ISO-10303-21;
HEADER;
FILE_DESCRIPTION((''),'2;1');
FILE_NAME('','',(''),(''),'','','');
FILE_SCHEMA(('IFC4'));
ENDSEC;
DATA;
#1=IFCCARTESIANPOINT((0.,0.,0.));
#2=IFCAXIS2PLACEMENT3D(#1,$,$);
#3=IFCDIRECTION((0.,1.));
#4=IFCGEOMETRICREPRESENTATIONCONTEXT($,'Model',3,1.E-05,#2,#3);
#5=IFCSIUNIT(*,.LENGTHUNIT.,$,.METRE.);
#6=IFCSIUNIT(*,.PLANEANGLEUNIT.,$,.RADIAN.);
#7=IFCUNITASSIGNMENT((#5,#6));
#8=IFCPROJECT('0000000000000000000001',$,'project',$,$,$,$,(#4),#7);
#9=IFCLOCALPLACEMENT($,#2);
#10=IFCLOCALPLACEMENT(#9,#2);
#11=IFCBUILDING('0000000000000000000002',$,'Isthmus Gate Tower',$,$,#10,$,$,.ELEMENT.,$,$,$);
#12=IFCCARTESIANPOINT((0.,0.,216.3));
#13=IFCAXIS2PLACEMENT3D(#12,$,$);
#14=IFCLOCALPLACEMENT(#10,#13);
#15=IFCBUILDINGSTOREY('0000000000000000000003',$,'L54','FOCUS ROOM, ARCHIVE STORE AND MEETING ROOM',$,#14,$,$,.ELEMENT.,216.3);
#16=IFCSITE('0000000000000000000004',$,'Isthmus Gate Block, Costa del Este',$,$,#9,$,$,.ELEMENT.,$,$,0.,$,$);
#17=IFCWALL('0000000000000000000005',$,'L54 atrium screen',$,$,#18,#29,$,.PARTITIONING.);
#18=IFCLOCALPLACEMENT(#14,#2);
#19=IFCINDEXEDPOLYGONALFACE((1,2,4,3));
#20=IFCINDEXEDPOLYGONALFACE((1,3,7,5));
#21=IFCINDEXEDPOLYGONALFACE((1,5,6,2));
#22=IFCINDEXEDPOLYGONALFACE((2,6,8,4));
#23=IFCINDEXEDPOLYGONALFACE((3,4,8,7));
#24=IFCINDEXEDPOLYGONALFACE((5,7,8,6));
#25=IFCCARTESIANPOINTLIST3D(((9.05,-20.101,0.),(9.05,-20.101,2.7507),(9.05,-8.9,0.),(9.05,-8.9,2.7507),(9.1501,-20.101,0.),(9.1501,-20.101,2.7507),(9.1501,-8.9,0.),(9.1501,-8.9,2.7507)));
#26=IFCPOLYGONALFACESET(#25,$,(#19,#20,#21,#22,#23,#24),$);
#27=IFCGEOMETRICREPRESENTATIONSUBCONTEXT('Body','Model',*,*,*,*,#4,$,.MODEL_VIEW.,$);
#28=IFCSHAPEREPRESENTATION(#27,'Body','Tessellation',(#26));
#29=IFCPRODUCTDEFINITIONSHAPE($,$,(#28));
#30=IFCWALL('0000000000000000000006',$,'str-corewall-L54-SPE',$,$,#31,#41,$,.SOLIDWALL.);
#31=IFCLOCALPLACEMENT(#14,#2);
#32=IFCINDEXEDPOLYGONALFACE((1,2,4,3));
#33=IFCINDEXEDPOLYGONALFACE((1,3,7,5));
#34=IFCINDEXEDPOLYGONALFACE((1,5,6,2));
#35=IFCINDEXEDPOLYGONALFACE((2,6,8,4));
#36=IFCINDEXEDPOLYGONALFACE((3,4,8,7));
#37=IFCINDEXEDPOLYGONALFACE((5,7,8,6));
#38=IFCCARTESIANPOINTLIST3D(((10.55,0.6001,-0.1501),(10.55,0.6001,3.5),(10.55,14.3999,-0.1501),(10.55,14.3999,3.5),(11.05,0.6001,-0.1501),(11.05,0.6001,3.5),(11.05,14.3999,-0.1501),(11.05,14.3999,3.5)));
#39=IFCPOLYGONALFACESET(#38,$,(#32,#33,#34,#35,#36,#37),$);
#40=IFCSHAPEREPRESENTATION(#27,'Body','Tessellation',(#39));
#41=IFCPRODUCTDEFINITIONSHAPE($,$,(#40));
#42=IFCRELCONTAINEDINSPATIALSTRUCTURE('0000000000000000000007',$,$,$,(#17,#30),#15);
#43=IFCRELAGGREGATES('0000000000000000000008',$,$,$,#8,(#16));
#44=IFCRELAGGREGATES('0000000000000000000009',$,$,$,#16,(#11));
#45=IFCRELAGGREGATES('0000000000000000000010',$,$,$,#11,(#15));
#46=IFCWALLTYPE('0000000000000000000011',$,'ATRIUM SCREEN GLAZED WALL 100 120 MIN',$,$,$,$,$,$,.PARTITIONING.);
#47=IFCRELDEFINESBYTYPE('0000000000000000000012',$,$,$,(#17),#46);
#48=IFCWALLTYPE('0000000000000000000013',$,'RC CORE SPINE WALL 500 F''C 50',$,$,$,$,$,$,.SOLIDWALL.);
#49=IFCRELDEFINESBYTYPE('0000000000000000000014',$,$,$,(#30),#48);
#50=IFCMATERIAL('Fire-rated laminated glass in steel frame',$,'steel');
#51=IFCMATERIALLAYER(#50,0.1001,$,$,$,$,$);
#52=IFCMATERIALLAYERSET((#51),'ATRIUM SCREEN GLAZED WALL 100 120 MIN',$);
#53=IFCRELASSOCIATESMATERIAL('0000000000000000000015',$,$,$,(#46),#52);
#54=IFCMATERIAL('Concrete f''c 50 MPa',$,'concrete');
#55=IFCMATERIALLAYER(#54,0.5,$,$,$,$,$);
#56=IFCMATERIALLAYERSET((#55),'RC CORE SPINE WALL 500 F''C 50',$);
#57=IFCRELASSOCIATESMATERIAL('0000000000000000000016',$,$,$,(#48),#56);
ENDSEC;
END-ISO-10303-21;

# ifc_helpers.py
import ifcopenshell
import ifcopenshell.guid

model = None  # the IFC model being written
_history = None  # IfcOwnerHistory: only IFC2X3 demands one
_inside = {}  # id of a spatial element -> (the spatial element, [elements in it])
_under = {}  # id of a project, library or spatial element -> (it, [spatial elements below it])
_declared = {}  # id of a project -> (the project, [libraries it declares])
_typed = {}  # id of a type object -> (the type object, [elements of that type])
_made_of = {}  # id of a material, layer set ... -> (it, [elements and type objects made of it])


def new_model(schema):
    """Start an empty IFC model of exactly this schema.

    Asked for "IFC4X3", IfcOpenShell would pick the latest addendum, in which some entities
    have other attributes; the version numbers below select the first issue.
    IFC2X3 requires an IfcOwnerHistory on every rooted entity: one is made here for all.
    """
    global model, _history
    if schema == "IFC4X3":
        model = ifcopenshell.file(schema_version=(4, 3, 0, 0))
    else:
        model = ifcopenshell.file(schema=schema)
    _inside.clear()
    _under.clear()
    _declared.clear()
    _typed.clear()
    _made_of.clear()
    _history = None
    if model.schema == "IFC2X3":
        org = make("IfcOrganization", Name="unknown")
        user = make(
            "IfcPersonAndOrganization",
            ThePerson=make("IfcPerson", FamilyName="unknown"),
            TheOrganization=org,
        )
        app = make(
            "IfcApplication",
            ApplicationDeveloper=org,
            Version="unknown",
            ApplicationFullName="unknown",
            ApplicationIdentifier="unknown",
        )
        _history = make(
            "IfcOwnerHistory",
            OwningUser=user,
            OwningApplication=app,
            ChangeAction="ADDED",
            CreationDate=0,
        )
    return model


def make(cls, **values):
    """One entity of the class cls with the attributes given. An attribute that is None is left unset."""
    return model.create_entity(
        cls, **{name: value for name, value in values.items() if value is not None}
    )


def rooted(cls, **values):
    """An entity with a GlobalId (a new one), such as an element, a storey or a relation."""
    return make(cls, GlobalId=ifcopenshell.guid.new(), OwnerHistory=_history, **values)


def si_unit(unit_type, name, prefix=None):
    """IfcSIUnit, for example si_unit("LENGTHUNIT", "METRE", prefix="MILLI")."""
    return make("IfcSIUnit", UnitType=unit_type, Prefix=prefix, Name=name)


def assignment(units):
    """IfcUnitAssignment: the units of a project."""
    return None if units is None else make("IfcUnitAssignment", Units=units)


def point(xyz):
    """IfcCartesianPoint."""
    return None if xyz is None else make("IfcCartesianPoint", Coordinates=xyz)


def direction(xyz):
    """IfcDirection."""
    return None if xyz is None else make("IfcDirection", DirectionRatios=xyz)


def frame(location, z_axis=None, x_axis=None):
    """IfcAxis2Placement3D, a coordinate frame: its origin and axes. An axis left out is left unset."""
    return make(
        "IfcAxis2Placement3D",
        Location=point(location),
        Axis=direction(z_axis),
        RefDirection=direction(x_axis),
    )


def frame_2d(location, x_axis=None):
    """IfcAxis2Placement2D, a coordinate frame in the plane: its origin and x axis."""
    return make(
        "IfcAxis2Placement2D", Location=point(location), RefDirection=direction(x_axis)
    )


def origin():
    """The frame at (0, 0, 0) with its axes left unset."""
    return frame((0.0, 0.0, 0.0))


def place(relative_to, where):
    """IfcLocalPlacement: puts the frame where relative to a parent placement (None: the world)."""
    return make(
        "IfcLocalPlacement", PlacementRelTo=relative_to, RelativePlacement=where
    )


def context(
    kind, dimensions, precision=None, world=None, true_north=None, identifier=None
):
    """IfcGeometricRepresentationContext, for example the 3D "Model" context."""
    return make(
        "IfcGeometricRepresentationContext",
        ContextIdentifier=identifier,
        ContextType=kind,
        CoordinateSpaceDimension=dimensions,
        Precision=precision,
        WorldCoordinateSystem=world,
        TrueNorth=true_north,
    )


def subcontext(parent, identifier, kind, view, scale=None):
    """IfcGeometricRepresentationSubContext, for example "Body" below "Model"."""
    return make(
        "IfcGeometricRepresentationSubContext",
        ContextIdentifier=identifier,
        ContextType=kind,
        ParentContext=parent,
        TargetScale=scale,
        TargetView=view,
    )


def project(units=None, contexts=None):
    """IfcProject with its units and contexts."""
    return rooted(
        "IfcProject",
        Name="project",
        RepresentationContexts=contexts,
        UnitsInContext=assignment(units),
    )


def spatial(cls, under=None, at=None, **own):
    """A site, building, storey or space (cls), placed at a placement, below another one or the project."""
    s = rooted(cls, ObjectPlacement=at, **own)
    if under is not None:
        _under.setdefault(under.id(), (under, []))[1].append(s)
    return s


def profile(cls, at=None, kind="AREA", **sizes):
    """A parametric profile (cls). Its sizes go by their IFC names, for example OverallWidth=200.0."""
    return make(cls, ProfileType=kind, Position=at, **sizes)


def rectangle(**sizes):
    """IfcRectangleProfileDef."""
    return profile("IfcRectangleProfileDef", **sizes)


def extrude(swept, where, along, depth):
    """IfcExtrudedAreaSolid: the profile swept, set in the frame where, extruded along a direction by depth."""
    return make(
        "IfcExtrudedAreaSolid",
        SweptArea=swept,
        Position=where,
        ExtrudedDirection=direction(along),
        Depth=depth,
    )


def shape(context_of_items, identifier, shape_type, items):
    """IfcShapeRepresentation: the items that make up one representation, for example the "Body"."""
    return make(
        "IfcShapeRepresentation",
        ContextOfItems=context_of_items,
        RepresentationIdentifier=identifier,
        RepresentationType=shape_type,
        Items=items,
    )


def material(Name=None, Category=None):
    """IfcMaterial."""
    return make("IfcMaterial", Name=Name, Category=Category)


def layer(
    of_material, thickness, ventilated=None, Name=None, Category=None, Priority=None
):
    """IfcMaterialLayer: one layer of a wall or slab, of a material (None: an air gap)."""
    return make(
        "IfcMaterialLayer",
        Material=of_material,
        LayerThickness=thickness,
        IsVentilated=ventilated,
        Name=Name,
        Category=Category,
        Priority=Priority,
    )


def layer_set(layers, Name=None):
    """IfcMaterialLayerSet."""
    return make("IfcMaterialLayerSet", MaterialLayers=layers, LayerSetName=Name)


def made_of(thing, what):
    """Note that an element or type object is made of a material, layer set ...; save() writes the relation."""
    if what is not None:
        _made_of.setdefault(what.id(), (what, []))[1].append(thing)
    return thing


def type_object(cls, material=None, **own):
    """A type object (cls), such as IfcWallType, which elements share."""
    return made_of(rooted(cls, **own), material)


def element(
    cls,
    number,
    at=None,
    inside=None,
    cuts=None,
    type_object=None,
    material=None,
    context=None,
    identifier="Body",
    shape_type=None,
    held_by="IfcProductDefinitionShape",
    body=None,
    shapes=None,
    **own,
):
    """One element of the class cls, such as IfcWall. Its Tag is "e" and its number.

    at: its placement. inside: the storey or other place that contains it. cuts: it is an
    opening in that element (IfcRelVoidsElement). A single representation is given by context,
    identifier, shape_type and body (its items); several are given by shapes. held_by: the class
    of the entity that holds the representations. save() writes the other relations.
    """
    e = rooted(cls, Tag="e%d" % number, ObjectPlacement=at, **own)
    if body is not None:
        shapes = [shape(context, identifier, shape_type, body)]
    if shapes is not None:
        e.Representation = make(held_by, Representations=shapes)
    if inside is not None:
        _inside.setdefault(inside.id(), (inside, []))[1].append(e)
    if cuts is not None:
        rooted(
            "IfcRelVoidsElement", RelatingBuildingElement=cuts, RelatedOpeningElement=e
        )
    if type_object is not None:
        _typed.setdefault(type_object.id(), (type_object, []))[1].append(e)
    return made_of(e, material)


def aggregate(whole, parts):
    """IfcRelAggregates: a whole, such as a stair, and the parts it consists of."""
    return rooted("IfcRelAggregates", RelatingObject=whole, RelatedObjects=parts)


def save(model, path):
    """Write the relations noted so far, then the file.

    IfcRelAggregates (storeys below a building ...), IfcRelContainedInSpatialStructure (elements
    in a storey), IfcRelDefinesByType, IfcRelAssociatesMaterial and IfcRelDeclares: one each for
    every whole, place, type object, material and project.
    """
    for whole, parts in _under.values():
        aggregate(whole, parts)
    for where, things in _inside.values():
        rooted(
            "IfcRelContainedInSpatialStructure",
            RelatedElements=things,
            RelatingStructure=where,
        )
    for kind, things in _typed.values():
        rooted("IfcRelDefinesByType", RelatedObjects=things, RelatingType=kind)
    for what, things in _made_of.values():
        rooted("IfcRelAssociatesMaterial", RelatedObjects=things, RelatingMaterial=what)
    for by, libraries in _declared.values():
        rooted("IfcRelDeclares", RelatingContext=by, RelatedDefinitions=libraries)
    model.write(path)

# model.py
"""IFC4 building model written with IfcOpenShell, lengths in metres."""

from ifc_helpers import new_model, si_unit, direction, frame, frame_2d, origin, place, context, subcontext, project, spatial, rectangle, extrude, material, layer, layer_set, type_object, element, save


model = new_model("IFC4")

# Units and contexts
model_context = context("Model", 3, precision=1e-05, world=origin(), true_north=direction((0.0, 1.0)))
body_context = subcontext(model_context, "Body", "Model", "MODEL_VIEW")
ifc_project = project(units=[si_unit("LENGTHUNIT", "METRE"), si_unit("PLANEANGLEUNIT", "RADIAN")], contexts=[model_context])

# Site, building, storey
site_placement = place(None, origin())
site = spatial("IfcSite", under=ifc_project, at=site_placement, Name="Isthmus Gate Block, Costa del Este", CompositionType="ELEMENT", RefElevation=0.0)
building_placement = place(site_placement, origin())
building = spatial("IfcBuilding", under=site, at=building_placement, Name="Isthmus Gate Tower", CompositionType="ELEMENT")
storey_placement = place(building_placement, frame((0.0, 0.0, 216.3)))
storey = spatial("IfcBuildingStorey", under=building, at=storey_placement, Name="L54", Description="FOCUS ROOM, ARCHIVE STORE AND MEETING ROOM", CompositionType="ELEMENT", Elevation=216.3)

# Walls
ifc_material_1 = material(Name="Fire-rated laminated glass in steel frame", Category="steel")
ifc_layer_1 = layer(ifc_material_1, 0.1001)
ifc_layer_set_1 = layer_set([ifc_layer_1], Name="ATRIUM SCREEN GLAZED WALL 100 120 MIN")
wall_type_1 = type_object("IfcWallType", Name="ATRIUM SCREEN GLAZED WALL 100 120 MIN", PredefinedType="PARTITIONING", material=ifc_layer_set_1)
wall_1_placement = place(storey_placement, frame((9.1001, -8.8999, 0.0), z_axis=(0.0, 0.0, 1.0), x_axis=(0.0, -1.0, 0.0)))
element("IfcWall", 1, at=wall_1_placement, inside=storey, type_object=wall_type_1, Name="L54 atrium screen", PredefinedType="PARTITIONING", context=body_context, shape_type="SweptSolid", body=[
    extrude(rectangle(XDim=11.2009, YDim=0.1001, at=frame_2d((5.6006, 0.0))), origin(), (0.0, 0.0, 1.0), 2.7507),
])
ifc_material_2 = material(Name="Concrete f'c 50 MPa", Category="concrete")
ifc_layer_2 = layer(ifc_material_2, 0.5)
ifc_layer_set_2 = layer_set([ifc_layer_2], Name="RC CORE SPINE WALL 500 F'C 50")
wall_type_2 = type_object("IfcWallType", Name="RC CORE SPINE WALL 500 F'C 50", PredefinedType="SOLIDWALL", material=ifc_layer_set_2)
wall_2_placement = place(storey_placement, frame((10.8, 0.6001, -0.1501), z_axis=(0.0, 0.0, 1.0), x_axis=(0.0, 1.0, 0.0)))
element("IfcWall", 2, at=wall_2_placement, inside=storey, type_object=wall_type_2, Name="str-corewall-L54-SPE", PredefinedType="SOLIDWALL", context=body_context, shape_type="SweptSolid", body=[
    extrude(rectangle(XDim=13.7998, YDim=0.5, at=frame_2d((6.8999, 0.0))), origin(), (0.0, 0.0, 1.0), 3.6501),
])

save(model, "model.ifc")
